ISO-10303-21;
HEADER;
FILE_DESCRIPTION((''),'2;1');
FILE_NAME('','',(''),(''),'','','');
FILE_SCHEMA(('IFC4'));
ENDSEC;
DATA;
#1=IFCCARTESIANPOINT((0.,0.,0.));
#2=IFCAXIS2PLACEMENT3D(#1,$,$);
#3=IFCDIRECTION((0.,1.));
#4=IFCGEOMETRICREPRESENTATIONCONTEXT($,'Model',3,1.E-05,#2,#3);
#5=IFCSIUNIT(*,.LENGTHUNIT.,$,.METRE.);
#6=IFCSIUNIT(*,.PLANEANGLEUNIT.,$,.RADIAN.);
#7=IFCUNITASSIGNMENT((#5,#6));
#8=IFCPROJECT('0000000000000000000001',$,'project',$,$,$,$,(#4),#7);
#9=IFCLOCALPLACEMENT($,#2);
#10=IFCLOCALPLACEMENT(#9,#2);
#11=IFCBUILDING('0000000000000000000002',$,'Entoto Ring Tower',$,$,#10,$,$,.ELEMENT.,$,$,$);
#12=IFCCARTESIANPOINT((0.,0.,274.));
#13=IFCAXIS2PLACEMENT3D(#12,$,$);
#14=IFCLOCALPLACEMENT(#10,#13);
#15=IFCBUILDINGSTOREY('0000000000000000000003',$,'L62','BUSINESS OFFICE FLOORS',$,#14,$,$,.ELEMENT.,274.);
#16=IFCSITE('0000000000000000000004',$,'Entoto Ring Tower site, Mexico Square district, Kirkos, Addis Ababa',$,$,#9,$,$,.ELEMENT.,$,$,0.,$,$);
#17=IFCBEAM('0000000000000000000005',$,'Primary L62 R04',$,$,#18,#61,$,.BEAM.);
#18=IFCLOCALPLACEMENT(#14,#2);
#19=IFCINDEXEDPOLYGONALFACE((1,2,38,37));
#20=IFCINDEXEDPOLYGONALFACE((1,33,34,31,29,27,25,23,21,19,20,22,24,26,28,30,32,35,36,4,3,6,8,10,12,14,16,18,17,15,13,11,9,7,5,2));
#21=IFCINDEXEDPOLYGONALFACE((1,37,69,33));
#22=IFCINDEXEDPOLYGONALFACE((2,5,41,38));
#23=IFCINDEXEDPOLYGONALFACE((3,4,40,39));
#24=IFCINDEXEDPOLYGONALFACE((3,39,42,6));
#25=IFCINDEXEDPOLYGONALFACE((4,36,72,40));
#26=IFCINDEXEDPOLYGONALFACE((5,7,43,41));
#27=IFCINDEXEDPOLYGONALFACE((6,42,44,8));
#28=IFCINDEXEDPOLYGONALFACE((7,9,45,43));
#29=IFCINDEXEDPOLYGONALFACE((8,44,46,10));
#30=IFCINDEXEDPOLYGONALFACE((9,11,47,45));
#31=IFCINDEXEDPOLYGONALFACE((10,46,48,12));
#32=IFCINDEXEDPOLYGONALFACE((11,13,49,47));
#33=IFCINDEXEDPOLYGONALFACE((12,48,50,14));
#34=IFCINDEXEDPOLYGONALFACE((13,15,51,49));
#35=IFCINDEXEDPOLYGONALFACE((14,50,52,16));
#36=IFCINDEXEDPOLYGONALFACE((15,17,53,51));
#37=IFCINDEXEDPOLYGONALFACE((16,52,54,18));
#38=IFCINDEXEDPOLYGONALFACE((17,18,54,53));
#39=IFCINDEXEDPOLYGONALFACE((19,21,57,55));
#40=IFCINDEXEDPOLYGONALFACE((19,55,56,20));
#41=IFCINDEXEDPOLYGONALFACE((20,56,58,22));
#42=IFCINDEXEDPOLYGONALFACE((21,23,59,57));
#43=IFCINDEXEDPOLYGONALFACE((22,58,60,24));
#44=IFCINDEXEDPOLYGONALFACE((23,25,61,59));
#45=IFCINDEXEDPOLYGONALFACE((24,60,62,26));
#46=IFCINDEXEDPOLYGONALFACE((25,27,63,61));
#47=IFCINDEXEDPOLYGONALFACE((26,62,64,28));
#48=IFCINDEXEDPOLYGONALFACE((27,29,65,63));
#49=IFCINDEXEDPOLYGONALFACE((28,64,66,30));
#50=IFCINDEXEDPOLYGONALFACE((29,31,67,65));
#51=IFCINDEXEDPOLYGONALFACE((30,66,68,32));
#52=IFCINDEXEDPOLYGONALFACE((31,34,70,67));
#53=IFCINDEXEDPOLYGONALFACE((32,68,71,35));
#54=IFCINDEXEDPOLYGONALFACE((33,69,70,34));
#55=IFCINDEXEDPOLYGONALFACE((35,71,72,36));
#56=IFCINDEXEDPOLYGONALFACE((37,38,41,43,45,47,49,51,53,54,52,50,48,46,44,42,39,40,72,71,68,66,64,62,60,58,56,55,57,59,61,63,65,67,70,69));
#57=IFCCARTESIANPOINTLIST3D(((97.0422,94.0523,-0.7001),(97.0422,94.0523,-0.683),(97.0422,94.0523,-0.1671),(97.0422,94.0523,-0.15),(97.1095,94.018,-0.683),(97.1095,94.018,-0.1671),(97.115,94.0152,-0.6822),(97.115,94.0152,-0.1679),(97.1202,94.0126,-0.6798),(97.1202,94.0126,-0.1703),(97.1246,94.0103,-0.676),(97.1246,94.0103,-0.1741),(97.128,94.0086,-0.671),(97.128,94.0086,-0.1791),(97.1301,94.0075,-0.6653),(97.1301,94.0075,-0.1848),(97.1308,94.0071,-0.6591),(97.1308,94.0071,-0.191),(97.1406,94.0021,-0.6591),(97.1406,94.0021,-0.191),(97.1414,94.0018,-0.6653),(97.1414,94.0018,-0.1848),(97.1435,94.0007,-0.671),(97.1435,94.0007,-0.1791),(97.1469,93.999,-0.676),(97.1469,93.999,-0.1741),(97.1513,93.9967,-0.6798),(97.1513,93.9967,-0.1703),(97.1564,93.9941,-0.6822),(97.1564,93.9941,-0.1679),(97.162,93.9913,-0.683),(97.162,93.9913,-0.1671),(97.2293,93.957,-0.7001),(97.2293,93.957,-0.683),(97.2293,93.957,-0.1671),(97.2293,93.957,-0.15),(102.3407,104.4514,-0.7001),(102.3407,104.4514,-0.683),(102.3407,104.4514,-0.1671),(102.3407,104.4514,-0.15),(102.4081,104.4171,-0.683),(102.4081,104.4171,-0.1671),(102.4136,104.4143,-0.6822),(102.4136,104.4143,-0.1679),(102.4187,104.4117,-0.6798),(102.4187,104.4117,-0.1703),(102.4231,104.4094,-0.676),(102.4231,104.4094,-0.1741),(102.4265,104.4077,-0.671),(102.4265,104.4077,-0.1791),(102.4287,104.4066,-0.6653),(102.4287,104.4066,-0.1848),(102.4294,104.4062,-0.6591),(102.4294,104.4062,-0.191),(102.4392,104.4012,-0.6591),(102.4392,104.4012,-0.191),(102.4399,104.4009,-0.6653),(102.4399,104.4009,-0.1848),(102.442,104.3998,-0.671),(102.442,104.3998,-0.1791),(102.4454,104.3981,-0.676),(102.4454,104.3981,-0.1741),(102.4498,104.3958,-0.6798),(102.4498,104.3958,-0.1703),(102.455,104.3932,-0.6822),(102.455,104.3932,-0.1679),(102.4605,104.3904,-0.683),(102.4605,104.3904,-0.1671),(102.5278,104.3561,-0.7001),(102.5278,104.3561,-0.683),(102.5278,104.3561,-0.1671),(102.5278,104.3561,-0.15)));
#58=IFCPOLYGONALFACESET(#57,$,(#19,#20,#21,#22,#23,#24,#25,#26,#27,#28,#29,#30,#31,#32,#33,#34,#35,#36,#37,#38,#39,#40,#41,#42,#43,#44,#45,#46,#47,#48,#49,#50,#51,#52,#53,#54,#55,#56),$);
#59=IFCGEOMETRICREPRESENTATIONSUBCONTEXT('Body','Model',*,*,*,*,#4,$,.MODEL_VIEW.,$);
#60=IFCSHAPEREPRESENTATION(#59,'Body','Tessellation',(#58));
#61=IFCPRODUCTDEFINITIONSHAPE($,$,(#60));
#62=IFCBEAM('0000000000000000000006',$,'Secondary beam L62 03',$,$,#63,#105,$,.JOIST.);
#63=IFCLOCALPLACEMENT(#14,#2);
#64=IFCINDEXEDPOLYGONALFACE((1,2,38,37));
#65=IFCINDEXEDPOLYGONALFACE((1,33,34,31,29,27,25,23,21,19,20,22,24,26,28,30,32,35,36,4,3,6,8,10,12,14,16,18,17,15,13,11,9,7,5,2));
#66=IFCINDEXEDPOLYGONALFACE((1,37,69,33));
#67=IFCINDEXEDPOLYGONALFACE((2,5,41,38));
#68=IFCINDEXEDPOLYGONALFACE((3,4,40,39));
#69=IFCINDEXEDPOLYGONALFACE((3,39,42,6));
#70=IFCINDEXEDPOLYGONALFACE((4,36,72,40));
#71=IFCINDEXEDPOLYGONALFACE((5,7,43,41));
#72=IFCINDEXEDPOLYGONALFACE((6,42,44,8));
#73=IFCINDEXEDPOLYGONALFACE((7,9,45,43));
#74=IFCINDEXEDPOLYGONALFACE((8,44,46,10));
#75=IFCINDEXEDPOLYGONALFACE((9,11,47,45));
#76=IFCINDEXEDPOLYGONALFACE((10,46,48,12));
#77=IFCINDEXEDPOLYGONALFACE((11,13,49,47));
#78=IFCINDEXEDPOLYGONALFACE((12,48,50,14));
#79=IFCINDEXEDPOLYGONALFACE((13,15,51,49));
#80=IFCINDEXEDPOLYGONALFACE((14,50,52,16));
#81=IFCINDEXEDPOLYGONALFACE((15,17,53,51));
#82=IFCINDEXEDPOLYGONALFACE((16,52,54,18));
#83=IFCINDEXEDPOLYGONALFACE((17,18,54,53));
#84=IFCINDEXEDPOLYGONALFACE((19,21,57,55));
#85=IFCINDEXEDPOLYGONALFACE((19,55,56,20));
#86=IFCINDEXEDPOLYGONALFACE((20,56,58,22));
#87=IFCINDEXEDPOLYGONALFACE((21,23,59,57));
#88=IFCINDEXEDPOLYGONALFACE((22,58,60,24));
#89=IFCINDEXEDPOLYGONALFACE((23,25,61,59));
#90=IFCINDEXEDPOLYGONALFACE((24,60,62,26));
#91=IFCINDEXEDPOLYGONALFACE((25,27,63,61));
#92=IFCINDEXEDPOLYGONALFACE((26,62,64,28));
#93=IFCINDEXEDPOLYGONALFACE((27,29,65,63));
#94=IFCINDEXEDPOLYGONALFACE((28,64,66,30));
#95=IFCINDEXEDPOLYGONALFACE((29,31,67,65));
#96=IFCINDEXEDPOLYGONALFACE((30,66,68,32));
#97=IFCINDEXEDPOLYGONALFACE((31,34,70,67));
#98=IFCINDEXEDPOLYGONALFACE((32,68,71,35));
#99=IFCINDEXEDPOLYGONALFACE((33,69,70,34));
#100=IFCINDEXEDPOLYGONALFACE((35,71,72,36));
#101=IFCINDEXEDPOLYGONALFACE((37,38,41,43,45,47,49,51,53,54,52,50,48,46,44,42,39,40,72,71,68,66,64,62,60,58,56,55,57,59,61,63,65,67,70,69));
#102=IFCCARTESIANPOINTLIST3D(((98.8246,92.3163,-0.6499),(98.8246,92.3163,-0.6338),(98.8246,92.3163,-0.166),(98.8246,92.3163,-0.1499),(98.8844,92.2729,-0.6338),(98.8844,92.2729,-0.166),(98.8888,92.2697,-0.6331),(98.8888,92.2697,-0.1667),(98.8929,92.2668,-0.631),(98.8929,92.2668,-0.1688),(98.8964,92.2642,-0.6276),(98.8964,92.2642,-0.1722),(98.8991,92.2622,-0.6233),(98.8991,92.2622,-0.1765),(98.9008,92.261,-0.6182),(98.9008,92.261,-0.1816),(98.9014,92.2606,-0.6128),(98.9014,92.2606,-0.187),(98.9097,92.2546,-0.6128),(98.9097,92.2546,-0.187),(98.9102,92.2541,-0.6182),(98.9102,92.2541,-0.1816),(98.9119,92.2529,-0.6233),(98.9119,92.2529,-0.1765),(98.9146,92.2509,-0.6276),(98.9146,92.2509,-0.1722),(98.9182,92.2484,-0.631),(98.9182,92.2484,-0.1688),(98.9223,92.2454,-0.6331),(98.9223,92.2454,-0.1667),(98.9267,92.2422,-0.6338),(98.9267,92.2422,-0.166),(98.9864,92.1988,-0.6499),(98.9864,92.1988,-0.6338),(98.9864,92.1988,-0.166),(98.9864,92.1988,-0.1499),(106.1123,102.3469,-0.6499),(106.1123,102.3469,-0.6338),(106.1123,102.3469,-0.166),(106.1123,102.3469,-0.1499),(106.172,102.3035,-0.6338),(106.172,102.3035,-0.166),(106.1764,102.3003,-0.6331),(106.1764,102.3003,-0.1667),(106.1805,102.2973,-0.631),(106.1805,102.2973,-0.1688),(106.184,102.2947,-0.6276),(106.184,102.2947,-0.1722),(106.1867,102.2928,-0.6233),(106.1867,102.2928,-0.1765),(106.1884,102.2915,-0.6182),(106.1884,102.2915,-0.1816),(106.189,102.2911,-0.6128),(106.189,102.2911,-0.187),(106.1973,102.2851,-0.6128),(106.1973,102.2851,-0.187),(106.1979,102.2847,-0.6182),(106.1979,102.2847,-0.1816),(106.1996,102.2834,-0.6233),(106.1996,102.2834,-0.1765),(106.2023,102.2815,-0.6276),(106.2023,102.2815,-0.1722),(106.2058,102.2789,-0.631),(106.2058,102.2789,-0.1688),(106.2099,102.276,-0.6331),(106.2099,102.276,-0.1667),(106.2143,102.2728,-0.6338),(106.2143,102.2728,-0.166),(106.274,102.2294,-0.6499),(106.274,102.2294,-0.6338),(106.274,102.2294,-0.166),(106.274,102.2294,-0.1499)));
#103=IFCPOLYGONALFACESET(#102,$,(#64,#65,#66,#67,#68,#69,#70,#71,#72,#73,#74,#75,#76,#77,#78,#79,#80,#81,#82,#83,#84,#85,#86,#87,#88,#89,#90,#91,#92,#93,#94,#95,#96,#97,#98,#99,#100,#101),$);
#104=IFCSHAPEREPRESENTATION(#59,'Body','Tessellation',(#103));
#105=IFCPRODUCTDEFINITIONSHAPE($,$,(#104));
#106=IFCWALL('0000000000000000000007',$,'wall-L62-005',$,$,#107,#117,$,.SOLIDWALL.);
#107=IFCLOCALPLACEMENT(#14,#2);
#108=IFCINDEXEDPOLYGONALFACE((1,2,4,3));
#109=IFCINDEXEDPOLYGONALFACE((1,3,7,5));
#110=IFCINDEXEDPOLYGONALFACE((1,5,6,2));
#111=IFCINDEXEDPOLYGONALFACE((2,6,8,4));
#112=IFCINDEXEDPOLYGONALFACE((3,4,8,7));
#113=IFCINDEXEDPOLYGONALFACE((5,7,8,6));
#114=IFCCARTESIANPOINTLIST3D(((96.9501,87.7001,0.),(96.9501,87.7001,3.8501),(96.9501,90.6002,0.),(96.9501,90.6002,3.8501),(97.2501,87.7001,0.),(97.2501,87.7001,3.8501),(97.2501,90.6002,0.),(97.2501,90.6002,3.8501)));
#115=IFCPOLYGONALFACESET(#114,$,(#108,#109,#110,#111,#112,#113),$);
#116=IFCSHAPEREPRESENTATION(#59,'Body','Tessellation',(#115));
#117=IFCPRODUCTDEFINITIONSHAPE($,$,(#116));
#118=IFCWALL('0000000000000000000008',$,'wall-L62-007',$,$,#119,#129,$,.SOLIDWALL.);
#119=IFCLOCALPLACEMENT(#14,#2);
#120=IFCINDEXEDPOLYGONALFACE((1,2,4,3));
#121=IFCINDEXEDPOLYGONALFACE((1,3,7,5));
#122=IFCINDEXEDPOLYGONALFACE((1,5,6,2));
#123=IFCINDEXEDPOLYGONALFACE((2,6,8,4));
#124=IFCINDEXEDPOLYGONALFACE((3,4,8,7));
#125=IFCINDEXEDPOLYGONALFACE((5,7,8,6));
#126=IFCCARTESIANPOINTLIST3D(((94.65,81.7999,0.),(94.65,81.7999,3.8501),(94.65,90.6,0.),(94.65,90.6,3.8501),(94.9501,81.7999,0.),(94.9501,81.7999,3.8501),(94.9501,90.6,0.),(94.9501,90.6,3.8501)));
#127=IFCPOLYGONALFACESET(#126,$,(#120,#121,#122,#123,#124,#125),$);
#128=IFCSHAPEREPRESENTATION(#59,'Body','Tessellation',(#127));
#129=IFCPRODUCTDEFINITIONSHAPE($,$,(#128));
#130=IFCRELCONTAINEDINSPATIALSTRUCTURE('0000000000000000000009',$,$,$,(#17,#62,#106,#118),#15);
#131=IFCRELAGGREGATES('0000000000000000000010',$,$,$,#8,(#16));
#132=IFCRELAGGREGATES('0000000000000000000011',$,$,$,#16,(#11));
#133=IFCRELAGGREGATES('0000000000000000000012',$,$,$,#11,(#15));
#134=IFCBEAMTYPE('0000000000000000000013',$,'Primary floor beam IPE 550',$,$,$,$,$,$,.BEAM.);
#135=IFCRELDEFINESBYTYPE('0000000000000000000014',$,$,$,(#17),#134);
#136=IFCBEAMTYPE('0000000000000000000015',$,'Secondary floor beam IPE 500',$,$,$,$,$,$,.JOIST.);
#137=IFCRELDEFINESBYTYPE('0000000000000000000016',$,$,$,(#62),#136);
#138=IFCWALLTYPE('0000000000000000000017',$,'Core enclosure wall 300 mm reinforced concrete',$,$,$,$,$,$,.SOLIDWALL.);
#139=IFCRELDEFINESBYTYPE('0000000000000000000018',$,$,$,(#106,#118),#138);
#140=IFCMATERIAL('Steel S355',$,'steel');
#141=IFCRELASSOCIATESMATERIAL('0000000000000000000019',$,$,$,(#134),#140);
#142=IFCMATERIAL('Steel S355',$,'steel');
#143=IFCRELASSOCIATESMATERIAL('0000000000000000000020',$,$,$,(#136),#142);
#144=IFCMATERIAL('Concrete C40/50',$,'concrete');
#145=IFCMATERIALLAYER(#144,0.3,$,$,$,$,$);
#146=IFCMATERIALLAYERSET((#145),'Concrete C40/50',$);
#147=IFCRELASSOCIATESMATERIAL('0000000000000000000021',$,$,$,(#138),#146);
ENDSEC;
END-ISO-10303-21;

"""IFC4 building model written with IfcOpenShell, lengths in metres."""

from ifc_helpers import new_model, si_unit, direction, frame, frame_2d, origin, origin_2d, place, context, subcontext, project, spatial, rectangle, i_section, extrude, material, layer, layer_set, material_profile, profile_set, type_object, element, save


model = new_model("IFC4")

# Units and contexts
model_context = context("Model", 3, precision=1e-05, world=origin(), true_north=direction((0.0, 1.0)))
body_context = subcontext(model_context, "Body", "Model", "MODEL_VIEW")
ifc_project = project(units=[si_unit("LENGTHUNIT", "METRE"), si_unit("PLANEANGLEUNIT", "RADIAN")], contexts=[model_context])

# Site, building, storey
site_placement = place(None, origin())
site = spatial("IfcSite", under=ifc_project, at=site_placement, Name="Entoto Ring Tower site, Mexico Square district, Kirkos, Addis Ababa", CompositionType="ELEMENT", RefElevation=0.0)
building_placement = place(site_placement, origin())
building = spatial("IfcBuilding", under=site, at=building_placement, Name="Entoto Ring Tower", CompositionType="ELEMENT")
storey_placement = place(building_placement, frame((0.0, 0.0, 274.0)))
storey = spatial("IfcBuildingStorey", under=building, at=storey_placement, Name="L62", Description="BUSINESS OFFICE FLOORS", CompositionType="ELEMENT", Elevation=274.0)

# Beams
ifc_material_1 = material(Name="Steel S355", Category="steel")
ifc_material_profile_1 = material_profile(ifc_material_1, i_section(OverallWidth=0.21, OverallDepth=0.55, WebThickness=0.011, FlangeThickness=0.0171, FilletRadius=0.0239, at=origin_2d()), Name="IPE 550")
ifc_profile_set_1 = profile_set([ifc_material_profile_1], Name="Steel S355")
beam_type_1 = type_object("IfcBeamType", Name="Primary floor beam IPE 550", PredefinedType="BEAM", material=ifc_profile_set_1)
beam_1_placement = place(storey_placement, frame((97.1357, 94.0046, -0.425), z_axis=(0.453987, 0.891009, 0.0), x_axis=(-0.891009, 0.453987, 0.0)))
element("IfcBeam", 1, at=beam_1_placement, inside=storey, type_object=beam_type_1, Name="Primary L62 R04", PredefinedType="BEAM", context=body_context, shape_type="SweptSolid", body=[
    extrude(i_section(OverallWidth=0.21, OverallDepth=0.55, WebThickness=0.011, FlangeThickness=0.0171, FilletRadius=0.0239, at=origin_2d()), origin(), (0.0, 0.0, 1.0), 11.6711),
])
ifc_material_2 = material(Name="Steel S355", Category="steel")
ifc_material_profile_2 = material_profile(ifc_material_2, i_section(OverallWidth=0.2, OverallDepth=0.5, WebThickness=0.0103, FlangeThickness=0.0161, FilletRadius=0.021, at=origin_2d()), Name="IPE 500")
ifc_profile_set_2 = profile_set([ifc_material_profile_2], Name="Steel S355")
beam_type_2 = type_object("IfcBeamType", Name="Secondary floor beam IPE 500", PredefinedType="JOIST", material=ifc_profile_set_2)
beam_2_placement = place(storey_placement, frame((98.9055, 92.2576, -0.3999), z_axis=(0.587785, 0.809017, 0.0), x_axis=(-0.809017, 0.587785, 0.0)))
element("IfcBeam", 2, at=beam_2_placement, inside=storey, type_object=beam_type_2, Name="Secondary beam L62 03", PredefinedType="JOIST", context=body_context, shape_type="SweptSolid", body=[
    extrude(i_section(OverallWidth=0.2, OverallDepth=0.5, WebThickness=0.0103, FlangeThickness=0.0161, FilletRadius=0.021, at=origin_2d()), origin(), (0.0, 0.0, 1.0), 12.3984),
])

# Walls
ifc_material_3 = material(Name="Concrete C40/50", Category="concrete")
ifc_layer_1 = layer(ifc_material_3, 0.3)
ifc_layer_set_1 = layer_set([ifc_layer_1], Name="Concrete C40/50")
wall_type_1 = type_object("IfcWallType", Name="Core enclosure wall 300 mm reinforced concrete", PredefinedType="SOLIDWALL", material=ifc_layer_set_1)
wall_1_placement = place(storey_placement, frame((97.1001, 87.7, 0.0), z_axis=(0.0, 0.0, 1.0), x_axis=(0.0, 1.0, 0.0)))
element("IfcWall", 3, at=wall_1_placement, inside=storey, type_object=wall_type_1, Name="wall-L62-005", PredefinedType="SOLIDWALL", context=body_context, shape_type="SweptSolid", body=[
    extrude(rectangle(XDim=2.9001, YDim=0.3, at=frame_2d((1.4502, 0.0))), origin(), (0.0, 0.0, 1.0), 3.8501),
])
wall_2_placement = place(storey_placement, frame((94.8, 81.8, 0.0), z_axis=(0.0, 0.0, 1.0), x_axis=(0.0, 1.0, 0.0)))
element("IfcWall", 4, at=wall_2_placement, inside=storey, type_object=wall_type_1, Name="wall-L62-007", PredefinedType="SOLIDWALL", context=body_context, shape_type="SweptSolid", body=[
    extrude(rectangle(XDim=8.8, YDim=0.3, at=frame_2d((4.3999, 0.0))), origin(), (0.0, 0.0, 1.0), 3.8501),
])

save(model, "model.ifc")
